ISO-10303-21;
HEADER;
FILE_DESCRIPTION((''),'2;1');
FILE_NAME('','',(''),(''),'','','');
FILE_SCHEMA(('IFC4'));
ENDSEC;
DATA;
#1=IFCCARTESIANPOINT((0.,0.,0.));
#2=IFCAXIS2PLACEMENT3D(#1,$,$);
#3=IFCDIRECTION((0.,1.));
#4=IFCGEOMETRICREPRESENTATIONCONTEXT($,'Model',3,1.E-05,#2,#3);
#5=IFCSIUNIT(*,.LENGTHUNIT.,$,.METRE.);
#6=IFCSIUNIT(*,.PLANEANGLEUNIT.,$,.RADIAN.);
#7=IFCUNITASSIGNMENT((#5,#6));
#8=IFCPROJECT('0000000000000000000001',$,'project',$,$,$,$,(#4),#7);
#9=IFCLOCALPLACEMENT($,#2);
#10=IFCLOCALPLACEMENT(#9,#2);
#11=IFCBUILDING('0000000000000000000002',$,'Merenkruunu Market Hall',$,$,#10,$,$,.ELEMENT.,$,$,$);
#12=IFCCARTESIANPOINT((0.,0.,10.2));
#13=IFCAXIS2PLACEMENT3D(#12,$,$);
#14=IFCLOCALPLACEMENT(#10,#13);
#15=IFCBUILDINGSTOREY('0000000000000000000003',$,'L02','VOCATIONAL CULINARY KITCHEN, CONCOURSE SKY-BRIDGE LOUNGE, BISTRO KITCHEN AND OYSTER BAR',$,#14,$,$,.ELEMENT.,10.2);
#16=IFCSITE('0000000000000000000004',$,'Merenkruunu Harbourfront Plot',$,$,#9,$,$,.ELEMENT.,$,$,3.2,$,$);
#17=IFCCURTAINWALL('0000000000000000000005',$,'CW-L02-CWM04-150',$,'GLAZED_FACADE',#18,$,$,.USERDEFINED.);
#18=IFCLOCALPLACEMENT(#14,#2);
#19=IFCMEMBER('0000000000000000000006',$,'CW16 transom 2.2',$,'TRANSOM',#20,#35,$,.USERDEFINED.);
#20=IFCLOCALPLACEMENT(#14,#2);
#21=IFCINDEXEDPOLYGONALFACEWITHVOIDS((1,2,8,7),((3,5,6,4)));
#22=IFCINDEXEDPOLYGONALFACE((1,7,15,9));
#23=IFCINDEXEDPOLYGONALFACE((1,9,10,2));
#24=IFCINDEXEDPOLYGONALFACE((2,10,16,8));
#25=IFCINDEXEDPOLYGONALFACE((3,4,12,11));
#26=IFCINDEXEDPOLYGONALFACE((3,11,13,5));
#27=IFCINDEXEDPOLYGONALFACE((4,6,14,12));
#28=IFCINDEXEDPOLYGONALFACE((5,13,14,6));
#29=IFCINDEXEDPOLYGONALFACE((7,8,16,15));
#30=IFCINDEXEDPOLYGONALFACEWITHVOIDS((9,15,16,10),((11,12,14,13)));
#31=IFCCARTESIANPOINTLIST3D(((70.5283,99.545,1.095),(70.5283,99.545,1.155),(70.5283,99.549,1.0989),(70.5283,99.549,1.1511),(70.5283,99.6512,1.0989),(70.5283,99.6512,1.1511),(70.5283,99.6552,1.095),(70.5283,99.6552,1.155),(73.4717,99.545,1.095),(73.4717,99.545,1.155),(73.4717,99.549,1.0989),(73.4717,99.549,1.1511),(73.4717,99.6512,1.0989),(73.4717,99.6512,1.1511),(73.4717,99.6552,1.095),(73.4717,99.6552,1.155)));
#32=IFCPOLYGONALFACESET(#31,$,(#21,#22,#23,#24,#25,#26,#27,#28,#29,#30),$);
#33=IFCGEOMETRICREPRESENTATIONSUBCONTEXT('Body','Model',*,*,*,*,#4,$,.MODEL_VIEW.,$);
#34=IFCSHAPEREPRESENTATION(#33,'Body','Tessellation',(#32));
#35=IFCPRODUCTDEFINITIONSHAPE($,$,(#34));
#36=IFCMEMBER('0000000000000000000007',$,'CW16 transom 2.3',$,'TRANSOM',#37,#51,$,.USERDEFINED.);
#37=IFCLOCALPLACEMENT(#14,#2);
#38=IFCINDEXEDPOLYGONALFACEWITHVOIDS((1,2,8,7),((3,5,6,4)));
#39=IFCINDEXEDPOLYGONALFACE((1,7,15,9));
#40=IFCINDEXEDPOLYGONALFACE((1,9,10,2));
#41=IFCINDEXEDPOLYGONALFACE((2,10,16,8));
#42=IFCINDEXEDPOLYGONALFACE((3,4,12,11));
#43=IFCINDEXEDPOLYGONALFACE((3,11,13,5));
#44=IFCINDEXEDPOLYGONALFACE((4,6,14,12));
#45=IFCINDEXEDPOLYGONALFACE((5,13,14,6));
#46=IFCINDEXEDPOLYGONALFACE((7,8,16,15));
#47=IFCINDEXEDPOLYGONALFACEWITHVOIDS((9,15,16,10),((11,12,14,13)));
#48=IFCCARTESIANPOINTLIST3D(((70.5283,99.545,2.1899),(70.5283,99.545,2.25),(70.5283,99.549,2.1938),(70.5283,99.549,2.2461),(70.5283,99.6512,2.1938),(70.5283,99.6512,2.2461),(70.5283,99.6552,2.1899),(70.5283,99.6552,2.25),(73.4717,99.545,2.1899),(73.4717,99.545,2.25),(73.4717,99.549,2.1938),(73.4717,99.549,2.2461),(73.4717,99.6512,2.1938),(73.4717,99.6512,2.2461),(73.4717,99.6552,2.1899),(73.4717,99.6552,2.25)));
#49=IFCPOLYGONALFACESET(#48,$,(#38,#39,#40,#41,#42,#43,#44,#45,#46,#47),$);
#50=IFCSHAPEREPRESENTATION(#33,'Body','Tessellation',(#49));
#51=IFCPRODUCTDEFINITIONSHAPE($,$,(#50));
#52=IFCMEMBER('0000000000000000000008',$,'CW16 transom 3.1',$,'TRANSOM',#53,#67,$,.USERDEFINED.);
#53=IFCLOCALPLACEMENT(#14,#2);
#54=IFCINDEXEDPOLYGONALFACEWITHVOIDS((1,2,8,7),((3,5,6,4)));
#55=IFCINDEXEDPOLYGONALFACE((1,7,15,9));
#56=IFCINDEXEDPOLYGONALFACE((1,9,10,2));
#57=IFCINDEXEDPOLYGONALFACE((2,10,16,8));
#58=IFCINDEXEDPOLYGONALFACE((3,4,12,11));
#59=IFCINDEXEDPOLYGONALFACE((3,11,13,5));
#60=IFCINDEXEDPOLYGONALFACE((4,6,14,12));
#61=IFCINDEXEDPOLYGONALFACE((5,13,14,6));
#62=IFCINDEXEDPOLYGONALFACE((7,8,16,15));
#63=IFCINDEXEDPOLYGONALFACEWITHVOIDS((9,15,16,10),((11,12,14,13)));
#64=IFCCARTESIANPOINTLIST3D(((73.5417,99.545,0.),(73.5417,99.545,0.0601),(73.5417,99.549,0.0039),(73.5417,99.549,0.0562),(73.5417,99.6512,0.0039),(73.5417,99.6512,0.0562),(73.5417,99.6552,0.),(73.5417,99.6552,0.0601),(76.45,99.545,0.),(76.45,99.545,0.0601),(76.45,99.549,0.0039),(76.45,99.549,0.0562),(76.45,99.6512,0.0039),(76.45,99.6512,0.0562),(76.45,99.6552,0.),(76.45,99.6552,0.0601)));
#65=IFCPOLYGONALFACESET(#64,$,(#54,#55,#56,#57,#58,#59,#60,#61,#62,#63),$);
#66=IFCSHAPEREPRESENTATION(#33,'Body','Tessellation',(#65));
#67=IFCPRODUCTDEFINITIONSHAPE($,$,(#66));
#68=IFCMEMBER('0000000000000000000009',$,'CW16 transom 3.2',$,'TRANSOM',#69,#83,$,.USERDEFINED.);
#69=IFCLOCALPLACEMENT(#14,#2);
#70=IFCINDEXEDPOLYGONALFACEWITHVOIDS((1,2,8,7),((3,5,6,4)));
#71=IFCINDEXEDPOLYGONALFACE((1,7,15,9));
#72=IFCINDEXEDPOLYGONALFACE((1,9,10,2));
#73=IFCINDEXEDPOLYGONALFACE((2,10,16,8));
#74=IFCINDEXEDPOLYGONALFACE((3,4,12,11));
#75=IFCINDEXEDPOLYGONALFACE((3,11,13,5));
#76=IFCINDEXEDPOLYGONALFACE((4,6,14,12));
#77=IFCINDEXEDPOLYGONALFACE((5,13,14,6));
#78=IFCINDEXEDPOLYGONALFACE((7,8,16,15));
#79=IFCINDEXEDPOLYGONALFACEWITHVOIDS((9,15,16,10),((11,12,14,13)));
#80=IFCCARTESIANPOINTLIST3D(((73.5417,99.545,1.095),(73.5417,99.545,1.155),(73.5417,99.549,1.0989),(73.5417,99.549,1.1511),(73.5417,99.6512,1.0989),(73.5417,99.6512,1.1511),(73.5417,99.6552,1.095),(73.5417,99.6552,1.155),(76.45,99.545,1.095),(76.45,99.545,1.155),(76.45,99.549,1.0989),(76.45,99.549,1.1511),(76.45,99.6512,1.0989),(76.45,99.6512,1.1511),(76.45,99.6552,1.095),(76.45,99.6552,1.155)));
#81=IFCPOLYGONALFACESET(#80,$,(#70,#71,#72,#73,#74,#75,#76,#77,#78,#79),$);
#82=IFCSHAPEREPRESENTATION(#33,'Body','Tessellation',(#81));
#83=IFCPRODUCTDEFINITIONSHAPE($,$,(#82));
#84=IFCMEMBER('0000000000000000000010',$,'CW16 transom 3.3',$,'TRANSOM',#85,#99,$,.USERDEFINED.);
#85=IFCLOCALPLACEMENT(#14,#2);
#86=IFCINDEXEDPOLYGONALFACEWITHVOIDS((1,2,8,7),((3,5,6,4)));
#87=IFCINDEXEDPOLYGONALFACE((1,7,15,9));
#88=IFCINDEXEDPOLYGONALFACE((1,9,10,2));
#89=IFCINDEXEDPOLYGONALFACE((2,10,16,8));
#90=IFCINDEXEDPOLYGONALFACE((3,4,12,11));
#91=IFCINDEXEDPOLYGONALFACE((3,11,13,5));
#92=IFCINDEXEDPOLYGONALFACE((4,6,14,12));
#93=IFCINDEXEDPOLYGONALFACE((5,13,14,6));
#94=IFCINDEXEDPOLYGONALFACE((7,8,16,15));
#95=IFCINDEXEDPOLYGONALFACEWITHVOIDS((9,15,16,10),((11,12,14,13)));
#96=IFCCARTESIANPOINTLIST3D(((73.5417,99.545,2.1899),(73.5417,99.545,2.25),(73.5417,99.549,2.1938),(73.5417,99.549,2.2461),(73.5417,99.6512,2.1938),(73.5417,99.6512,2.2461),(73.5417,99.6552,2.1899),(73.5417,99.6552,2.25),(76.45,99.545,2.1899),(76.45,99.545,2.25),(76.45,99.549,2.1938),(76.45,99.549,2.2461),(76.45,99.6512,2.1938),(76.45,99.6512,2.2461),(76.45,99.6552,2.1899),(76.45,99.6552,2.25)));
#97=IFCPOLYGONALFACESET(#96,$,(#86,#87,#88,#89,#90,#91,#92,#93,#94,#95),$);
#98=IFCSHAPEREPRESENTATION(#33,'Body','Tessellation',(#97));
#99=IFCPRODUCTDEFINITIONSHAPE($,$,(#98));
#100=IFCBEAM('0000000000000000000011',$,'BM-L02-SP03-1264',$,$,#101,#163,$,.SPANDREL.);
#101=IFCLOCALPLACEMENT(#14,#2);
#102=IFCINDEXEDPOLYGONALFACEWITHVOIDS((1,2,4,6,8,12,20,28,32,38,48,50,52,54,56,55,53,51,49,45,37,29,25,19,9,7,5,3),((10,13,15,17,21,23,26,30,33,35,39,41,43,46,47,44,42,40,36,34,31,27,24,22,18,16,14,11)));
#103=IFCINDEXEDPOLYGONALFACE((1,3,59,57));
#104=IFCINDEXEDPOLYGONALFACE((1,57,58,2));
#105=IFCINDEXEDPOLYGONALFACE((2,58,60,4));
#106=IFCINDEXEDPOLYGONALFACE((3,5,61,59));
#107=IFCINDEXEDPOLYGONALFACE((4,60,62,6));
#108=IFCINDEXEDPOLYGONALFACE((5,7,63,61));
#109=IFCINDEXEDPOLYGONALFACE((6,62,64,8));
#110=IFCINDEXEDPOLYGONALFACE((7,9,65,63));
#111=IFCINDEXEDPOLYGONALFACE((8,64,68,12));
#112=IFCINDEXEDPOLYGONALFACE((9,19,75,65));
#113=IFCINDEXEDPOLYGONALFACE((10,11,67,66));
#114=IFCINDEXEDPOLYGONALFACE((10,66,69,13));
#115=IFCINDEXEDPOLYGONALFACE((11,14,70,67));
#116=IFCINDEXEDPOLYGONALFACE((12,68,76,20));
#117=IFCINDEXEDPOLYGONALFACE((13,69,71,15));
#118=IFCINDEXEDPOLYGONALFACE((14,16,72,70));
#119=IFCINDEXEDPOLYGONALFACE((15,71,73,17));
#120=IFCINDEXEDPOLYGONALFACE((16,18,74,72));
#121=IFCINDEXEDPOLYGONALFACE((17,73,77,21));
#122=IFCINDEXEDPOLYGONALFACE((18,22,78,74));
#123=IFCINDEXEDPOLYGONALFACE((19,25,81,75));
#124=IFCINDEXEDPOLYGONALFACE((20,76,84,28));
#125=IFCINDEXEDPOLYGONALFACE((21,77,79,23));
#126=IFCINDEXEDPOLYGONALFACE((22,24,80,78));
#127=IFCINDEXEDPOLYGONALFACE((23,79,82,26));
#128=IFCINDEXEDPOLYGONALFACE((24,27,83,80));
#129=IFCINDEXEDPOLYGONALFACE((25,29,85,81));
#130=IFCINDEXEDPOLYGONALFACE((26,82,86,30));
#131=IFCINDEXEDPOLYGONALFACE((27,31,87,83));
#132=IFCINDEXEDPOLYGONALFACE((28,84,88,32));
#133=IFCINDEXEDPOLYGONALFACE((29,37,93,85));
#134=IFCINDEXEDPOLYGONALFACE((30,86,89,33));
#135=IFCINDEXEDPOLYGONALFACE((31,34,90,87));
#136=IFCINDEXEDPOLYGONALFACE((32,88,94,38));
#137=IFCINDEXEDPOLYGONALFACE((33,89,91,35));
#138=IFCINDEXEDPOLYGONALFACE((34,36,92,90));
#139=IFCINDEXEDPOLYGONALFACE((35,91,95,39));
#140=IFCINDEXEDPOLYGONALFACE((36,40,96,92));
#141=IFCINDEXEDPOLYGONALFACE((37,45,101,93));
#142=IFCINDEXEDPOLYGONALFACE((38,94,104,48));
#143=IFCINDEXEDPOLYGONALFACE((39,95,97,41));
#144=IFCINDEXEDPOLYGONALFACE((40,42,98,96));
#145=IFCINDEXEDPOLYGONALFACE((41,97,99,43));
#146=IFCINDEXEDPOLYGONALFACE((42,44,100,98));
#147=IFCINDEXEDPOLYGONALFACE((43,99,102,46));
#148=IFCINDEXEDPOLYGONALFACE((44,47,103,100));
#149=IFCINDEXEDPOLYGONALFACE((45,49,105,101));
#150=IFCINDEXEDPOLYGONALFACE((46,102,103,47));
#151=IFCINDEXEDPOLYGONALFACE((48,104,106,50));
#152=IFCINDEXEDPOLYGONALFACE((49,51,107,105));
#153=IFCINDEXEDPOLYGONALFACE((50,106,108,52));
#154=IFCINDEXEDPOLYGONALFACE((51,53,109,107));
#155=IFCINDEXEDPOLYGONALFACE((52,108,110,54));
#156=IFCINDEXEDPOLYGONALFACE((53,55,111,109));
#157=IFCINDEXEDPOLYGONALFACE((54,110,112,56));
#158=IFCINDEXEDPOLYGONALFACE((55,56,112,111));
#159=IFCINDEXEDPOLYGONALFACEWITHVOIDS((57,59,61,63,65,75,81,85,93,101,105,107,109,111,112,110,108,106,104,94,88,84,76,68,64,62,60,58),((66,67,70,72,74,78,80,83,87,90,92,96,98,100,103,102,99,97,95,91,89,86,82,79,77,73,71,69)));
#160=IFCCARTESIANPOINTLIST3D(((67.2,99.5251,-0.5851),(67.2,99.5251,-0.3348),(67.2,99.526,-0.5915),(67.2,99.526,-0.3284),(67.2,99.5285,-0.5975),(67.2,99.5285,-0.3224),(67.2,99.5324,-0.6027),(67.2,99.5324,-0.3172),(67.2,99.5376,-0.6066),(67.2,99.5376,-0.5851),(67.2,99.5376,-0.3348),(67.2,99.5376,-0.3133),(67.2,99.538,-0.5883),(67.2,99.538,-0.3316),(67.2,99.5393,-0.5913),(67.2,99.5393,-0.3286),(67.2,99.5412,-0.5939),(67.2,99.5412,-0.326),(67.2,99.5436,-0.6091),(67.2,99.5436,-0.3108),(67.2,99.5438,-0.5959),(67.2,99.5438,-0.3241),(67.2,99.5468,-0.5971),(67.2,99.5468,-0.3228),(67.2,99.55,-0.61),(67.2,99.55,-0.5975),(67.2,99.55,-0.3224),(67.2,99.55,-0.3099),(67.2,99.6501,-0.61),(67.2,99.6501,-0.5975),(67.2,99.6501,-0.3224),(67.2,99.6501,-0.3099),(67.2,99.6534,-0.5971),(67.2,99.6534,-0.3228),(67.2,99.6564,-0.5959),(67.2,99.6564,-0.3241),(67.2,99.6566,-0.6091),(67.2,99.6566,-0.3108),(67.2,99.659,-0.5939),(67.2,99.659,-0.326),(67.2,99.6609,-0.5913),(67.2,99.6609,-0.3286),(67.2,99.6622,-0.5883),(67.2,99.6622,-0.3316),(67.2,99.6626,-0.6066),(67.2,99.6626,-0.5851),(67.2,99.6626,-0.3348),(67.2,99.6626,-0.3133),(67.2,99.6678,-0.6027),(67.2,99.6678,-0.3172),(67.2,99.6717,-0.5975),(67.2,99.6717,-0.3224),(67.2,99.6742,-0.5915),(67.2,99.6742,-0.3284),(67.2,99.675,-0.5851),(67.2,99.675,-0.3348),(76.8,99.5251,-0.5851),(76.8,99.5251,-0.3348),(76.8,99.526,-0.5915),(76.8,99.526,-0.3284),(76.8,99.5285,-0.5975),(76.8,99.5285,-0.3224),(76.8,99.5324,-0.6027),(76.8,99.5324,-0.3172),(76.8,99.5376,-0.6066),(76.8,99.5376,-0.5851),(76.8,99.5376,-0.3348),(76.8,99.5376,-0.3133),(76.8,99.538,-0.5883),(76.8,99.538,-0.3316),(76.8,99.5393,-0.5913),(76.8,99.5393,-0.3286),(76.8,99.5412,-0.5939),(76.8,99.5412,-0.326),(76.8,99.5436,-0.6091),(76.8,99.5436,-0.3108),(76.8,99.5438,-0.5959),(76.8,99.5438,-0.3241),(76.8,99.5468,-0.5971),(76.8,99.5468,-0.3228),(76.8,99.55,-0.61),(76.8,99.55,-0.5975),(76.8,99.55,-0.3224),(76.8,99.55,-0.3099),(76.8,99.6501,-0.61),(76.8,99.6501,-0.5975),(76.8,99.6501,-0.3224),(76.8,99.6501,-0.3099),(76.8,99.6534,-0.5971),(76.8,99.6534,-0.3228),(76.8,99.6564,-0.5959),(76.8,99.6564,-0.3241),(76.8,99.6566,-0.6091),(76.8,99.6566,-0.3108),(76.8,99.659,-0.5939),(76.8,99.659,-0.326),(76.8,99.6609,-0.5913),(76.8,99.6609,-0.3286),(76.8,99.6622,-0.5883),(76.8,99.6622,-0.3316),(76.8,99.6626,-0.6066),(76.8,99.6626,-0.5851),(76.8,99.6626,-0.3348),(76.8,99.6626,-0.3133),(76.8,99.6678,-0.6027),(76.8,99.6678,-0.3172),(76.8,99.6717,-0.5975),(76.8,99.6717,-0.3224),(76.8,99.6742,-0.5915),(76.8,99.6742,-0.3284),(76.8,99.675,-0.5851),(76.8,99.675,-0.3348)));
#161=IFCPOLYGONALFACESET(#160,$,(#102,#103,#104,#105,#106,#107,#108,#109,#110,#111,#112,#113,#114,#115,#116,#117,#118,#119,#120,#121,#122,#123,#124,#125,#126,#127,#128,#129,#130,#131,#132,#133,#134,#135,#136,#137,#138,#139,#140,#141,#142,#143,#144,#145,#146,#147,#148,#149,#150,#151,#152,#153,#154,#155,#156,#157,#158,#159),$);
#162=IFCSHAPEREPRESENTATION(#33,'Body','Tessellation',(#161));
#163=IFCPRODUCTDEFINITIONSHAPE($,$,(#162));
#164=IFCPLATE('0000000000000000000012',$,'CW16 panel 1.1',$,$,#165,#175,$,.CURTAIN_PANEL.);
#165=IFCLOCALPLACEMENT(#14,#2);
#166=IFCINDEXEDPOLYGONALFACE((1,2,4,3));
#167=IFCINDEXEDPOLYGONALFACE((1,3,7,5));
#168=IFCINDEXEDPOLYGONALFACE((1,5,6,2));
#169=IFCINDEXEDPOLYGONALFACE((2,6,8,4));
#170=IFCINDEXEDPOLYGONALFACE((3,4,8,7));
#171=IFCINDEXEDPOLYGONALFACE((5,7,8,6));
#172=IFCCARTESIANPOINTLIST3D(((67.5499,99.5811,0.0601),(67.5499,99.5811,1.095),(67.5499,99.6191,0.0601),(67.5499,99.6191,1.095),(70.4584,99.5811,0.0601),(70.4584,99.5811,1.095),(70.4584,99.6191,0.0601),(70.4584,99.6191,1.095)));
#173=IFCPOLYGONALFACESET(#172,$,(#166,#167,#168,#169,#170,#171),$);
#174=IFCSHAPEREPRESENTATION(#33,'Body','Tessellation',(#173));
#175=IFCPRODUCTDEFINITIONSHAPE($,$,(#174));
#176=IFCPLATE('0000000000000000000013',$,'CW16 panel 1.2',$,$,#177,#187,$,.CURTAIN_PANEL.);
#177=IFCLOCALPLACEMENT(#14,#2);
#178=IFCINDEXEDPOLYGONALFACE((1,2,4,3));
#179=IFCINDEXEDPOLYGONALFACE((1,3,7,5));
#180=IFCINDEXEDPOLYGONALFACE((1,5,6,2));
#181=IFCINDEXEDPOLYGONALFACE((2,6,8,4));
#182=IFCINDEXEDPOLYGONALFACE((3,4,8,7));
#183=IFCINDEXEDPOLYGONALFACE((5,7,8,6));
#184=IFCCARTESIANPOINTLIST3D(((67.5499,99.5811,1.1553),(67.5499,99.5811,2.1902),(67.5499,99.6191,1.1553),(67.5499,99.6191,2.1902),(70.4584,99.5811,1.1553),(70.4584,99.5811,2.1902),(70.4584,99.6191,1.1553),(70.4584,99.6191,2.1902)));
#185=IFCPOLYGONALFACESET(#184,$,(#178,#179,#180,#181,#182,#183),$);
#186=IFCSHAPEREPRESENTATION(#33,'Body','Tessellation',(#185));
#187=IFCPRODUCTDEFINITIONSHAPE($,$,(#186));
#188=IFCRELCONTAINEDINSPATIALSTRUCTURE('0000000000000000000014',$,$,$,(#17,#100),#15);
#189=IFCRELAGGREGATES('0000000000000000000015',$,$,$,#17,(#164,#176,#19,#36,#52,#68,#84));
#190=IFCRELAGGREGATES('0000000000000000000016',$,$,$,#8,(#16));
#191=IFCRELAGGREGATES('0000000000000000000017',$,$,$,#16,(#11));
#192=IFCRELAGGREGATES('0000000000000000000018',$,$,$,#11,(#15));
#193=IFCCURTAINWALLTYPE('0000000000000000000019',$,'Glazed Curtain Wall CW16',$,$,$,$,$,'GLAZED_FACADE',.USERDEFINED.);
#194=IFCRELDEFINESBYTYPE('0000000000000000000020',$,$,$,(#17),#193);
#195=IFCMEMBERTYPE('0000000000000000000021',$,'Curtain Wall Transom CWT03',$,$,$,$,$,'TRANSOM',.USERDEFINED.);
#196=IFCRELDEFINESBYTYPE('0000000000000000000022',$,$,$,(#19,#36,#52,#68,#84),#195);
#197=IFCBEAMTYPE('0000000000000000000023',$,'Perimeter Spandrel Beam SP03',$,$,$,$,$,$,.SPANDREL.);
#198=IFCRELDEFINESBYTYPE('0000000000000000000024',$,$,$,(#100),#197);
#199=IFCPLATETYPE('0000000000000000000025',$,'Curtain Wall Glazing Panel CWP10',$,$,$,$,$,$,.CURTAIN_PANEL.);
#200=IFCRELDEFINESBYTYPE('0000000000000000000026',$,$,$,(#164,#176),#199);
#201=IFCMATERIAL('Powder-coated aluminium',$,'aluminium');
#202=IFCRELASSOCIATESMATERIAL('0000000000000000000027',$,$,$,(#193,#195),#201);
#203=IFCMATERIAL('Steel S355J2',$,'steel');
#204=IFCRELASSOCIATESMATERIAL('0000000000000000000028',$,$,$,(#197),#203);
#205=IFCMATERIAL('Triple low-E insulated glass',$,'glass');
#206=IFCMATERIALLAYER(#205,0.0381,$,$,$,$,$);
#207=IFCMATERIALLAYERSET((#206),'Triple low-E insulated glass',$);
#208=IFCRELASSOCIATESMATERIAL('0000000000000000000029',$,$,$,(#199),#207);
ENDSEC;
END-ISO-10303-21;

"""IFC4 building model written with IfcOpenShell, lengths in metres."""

from ifc_helpers import new_model, si_unit, direction, frame, origin, origin_2d, place, context, subcontext, project, spatial, rectangle, hollow_rectangle, extrude, material, layer, layer_set, material_profile, profile_set, type_object, element, aggregate, save


model = new_model("IFC4")

# Units and contexts
model_context = context("Model", 3, precision=1e-05, world=origin(), true_north=direction((0.0, 1.0)))
body_context = subcontext(model_context, "Body", "Model", "MODEL_VIEW")
ifc_project = project(units=[si_unit("LENGTHUNIT", "METRE"), si_unit("PLANEANGLEUNIT", "RADIAN")], contexts=[model_context])

# Site, building, storey
site_placement = place(None, origin())
site = spatial("IfcSite", under=ifc_project, at=site_placement, Name="Merenkruunu Harbourfront Plot", CompositionType="ELEMENT", RefElevation=3.2)
building_placement = place(site_placement, origin())
building = spatial("IfcBuilding", under=site, at=building_placement, Name="Merenkruunu Market Hall", CompositionType="ELEMENT")
storey_placement = place(building_placement, frame((0.0, 0.0, 10.2)))
storey = spatial("IfcBuildingStorey", under=building, at=storey_placement, Name="L02", Description="VOCATIONAL CULINARY KITCHEN, CONCOURSE SKY-BRIDGE LOUNGE, BISTRO KITCHEN AND OYSTER BAR", CompositionType="ELEMENT", Elevation=10.2)

# Curtain wall, members
ifc_material_1 = material(Name="Powder-coated aluminium", Category="aluminium")
curtain_wall_type = type_object("IfcCurtainWallType", Name="Glazed Curtain Wall CW16", ElementType="GLAZED_FACADE", PredefinedType="USERDEFINED", material=ifc_material_1)
curtain_wall_placement = place(storey_placement, origin())
curtain_wall = element("IfcCurtainWall", 1, at=curtain_wall_placement, inside=storey, type_object=curtain_wall_type, Name="CW-L02-CWM04-150", ObjectType="GLAZED_FACADE", PredefinedType="USERDEFINED")
ifc_material_profile_1 = material_profile(ifc_material_1, hollow_rectangle(XDim=0.0601, YDim=0.1101, WallThickness=0.0039, at=origin_2d()), Name="ALU 60x110x4")
ifc_profile_set_1 = profile_set([ifc_material_profile_1], Name="Powder-coated aluminium")
member_type_1 = type_object("IfcMemberType", Name="Curtain Wall Transom CWT03", ElementType="TRANSOM", PredefinedType="USERDEFINED", material=ifc_profile_set_1)
member_1_placement = place(storey_placement, frame((70.5283, 99.6001, 1.125), z_axis=(1.0, 0.0, 0.0), x_axis=(0.0, 0.0, 1.0)))
member_1 = element("IfcMember", 2, at=member_1_placement, type_object=member_type_1, Name="CW16 transom 2.2", ObjectType="TRANSOM", PredefinedType="USERDEFINED", context=body_context, shape_type="SweptSolid", body=[
    extrude(hollow_rectangle(XDim=0.0601, YDim=0.1101, WallThickness=0.0039, at=origin_2d()), origin(), (0.0, 0.0, 1.0), 2.9434),
])
member_2_placement = place(storey_placement, frame((70.5283, 99.6001, 2.22), z_axis=(1.0, 0.0, 0.0), x_axis=(0.0, 0.0, 1.0)))
member_2 = element("IfcMember", 3, at=member_2_placement, type_object=member_type_1, Name="CW16 transom 2.3", ObjectType="TRANSOM", PredefinedType="USERDEFINED", context=body_context, shape_type="SweptSolid", body=[
    extrude(hollow_rectangle(XDim=0.0601, YDim=0.1101, WallThickness=0.0039, at=origin_2d()), origin(), (0.0, 0.0, 1.0), 2.9434),
])
member_3_placement = place(storey_placement, frame((73.5417, 99.6001, 0.03), z_axis=(1.0, 0.0, 0.0), x_axis=(0.0, 0.0, 1.0)))
member_3 = element("IfcMember", 4, at=member_3_placement, type_object=member_type_1, Name="CW16 transom 3.1", ObjectType="TRANSOM", PredefinedType="USERDEFINED", context=body_context, shape_type="SweptSolid", body=[
    extrude(hollow_rectangle(XDim=0.0601, YDim=0.1101, WallThickness=0.0039, at=origin_2d()), origin(), (0.0, 0.0, 1.0), 2.9082),
])
member_4_placement = place(storey_placement, frame((73.5417, 99.6001, 1.125), z_axis=(1.0, 0.0, 0.0), x_axis=(0.0, 0.0, 1.0)))
member_4 = element("IfcMember", 5, at=member_4_placement, type_object=member_type_1, Name="CW16 transom 3.2", ObjectType="TRANSOM", PredefinedType="USERDEFINED", context=body_context, shape_type="SweptSolid", body=[
    extrude(hollow_rectangle(XDim=0.0601, YDim=0.1101, WallThickness=0.0039, at=origin_2d()), origin(), (0.0, 0.0, 1.0), 2.9082),
])
member_5_placement = place(storey_placement, frame((73.5417, 99.6001, 2.22), z_axis=(1.0, 0.0, 0.0), x_axis=(0.0, 0.0, 1.0)))
member_5 = element("IfcMember", 6, at=member_5_placement, type_object=member_type_1, Name="CW16 transom 3.3", ObjectType="TRANSOM", PredefinedType="USERDEFINED", context=body_context, shape_type="SweptSolid", body=[
    extrude(hollow_rectangle(XDim=0.0601, YDim=0.1101, WallThickness=0.0039, at=origin_2d()), origin(), (0.0, 0.0, 1.0), 2.9082),
])

# Beam
ifc_material_2 = material(Name="Steel S355J2", Category="steel")
ifc_material_profile_2 = material_profile(ifc_material_2, hollow_rectangle(XDim=0.1499, YDim=0.3, WallThickness=0.0125, InnerFilletRadius=0.0125, OuterFilletRadius=0.0249, at=origin_2d()), Name="RHS 300x150x12.5")
ifc_profile_set_2 = profile_set([ifc_material_profile_2], Name="Steel S355J2")
beam_type = type_object("IfcBeamType", Name="Perimeter Spandrel Beam SP03", PredefinedType="SPANDREL", material=ifc_profile_set_2)
beam_placement = place(storey_placement, frame((67.2, 99.6001, -0.46), z_axis=(1.0, 0.0, 0.0), x_axis=(0.0, 1.0, 0.0)))
element("IfcBeam", 7, at=beam_placement, inside=storey, type_object=beam_type, Name="BM-L02-SP03-1264", PredefinedType="SPANDREL", context=body_context, shape_type="SweptSolid", body=[
    extrude(hollow_rectangle(XDim=0.1499, YDim=0.3, WallThickness=0.0125, InnerFilletRadius=0.0125, OuterFilletRadius=0.0249, at=origin_2d()), origin(), (0.0, 0.0, 1.0), 9.6001),
])

# Plates
ifc_material_3 = material(Name="Triple low-E insulated glass", Category="glass")
ifc_layer_1 = layer(ifc_material_3, 0.0381)
ifc_layer_set_1 = layer_set([ifc_layer_1], Name="Triple low-E insulated glass")
plate_type_1 = type_object("IfcPlateType", Name="Curtain Wall Glazing Panel CWP10", PredefinedType="CURTAIN_PANEL", material=ifc_layer_set_1)
plate_1_placement = place(storey_placement, frame((69.0042, 99.6001, 0.0601), z_axis=(0.0, 0.0, 1.0), x_axis=(1.0, 0.0, 0.0)))
plate_1 = element("IfcPlate", 8, at=plate_1_placement, type_object=plate_type_1, Name="CW16 panel 1.1", PredefinedType="CURTAIN_PANEL", context=body_context, shape_type="SweptSolid", body=[
    extrude(rectangle(XDim=2.9084, YDim=0.0381, at=origin_2d()), origin(), (0.0, 0.0, 1.0), 1.0349),
])
plate_2_placement = place(storey_placement, frame((69.0042, 99.6001, 1.1553), z_axis=(0.0, 0.0, 1.0), x_axis=(1.0, 0.0, 0.0)))
plate_2 = element("IfcPlate", 9, at=plate_2_placement, type_object=plate_type_1, Name="CW16 panel 1.2", PredefinedType="CURTAIN_PANEL", context=body_context, shape_type="SweptSolid", body=[
    extrude(rectangle(XDim=2.9084, YDim=0.0381, at=origin_2d()), origin(), (0.0, 0.0, 1.0), 1.0349),
])
aggregate(curtain_wall, [plate_1, plate_2, member_1, member_2, member_3, member_4, member_5])

save(model, "model.ifc")
